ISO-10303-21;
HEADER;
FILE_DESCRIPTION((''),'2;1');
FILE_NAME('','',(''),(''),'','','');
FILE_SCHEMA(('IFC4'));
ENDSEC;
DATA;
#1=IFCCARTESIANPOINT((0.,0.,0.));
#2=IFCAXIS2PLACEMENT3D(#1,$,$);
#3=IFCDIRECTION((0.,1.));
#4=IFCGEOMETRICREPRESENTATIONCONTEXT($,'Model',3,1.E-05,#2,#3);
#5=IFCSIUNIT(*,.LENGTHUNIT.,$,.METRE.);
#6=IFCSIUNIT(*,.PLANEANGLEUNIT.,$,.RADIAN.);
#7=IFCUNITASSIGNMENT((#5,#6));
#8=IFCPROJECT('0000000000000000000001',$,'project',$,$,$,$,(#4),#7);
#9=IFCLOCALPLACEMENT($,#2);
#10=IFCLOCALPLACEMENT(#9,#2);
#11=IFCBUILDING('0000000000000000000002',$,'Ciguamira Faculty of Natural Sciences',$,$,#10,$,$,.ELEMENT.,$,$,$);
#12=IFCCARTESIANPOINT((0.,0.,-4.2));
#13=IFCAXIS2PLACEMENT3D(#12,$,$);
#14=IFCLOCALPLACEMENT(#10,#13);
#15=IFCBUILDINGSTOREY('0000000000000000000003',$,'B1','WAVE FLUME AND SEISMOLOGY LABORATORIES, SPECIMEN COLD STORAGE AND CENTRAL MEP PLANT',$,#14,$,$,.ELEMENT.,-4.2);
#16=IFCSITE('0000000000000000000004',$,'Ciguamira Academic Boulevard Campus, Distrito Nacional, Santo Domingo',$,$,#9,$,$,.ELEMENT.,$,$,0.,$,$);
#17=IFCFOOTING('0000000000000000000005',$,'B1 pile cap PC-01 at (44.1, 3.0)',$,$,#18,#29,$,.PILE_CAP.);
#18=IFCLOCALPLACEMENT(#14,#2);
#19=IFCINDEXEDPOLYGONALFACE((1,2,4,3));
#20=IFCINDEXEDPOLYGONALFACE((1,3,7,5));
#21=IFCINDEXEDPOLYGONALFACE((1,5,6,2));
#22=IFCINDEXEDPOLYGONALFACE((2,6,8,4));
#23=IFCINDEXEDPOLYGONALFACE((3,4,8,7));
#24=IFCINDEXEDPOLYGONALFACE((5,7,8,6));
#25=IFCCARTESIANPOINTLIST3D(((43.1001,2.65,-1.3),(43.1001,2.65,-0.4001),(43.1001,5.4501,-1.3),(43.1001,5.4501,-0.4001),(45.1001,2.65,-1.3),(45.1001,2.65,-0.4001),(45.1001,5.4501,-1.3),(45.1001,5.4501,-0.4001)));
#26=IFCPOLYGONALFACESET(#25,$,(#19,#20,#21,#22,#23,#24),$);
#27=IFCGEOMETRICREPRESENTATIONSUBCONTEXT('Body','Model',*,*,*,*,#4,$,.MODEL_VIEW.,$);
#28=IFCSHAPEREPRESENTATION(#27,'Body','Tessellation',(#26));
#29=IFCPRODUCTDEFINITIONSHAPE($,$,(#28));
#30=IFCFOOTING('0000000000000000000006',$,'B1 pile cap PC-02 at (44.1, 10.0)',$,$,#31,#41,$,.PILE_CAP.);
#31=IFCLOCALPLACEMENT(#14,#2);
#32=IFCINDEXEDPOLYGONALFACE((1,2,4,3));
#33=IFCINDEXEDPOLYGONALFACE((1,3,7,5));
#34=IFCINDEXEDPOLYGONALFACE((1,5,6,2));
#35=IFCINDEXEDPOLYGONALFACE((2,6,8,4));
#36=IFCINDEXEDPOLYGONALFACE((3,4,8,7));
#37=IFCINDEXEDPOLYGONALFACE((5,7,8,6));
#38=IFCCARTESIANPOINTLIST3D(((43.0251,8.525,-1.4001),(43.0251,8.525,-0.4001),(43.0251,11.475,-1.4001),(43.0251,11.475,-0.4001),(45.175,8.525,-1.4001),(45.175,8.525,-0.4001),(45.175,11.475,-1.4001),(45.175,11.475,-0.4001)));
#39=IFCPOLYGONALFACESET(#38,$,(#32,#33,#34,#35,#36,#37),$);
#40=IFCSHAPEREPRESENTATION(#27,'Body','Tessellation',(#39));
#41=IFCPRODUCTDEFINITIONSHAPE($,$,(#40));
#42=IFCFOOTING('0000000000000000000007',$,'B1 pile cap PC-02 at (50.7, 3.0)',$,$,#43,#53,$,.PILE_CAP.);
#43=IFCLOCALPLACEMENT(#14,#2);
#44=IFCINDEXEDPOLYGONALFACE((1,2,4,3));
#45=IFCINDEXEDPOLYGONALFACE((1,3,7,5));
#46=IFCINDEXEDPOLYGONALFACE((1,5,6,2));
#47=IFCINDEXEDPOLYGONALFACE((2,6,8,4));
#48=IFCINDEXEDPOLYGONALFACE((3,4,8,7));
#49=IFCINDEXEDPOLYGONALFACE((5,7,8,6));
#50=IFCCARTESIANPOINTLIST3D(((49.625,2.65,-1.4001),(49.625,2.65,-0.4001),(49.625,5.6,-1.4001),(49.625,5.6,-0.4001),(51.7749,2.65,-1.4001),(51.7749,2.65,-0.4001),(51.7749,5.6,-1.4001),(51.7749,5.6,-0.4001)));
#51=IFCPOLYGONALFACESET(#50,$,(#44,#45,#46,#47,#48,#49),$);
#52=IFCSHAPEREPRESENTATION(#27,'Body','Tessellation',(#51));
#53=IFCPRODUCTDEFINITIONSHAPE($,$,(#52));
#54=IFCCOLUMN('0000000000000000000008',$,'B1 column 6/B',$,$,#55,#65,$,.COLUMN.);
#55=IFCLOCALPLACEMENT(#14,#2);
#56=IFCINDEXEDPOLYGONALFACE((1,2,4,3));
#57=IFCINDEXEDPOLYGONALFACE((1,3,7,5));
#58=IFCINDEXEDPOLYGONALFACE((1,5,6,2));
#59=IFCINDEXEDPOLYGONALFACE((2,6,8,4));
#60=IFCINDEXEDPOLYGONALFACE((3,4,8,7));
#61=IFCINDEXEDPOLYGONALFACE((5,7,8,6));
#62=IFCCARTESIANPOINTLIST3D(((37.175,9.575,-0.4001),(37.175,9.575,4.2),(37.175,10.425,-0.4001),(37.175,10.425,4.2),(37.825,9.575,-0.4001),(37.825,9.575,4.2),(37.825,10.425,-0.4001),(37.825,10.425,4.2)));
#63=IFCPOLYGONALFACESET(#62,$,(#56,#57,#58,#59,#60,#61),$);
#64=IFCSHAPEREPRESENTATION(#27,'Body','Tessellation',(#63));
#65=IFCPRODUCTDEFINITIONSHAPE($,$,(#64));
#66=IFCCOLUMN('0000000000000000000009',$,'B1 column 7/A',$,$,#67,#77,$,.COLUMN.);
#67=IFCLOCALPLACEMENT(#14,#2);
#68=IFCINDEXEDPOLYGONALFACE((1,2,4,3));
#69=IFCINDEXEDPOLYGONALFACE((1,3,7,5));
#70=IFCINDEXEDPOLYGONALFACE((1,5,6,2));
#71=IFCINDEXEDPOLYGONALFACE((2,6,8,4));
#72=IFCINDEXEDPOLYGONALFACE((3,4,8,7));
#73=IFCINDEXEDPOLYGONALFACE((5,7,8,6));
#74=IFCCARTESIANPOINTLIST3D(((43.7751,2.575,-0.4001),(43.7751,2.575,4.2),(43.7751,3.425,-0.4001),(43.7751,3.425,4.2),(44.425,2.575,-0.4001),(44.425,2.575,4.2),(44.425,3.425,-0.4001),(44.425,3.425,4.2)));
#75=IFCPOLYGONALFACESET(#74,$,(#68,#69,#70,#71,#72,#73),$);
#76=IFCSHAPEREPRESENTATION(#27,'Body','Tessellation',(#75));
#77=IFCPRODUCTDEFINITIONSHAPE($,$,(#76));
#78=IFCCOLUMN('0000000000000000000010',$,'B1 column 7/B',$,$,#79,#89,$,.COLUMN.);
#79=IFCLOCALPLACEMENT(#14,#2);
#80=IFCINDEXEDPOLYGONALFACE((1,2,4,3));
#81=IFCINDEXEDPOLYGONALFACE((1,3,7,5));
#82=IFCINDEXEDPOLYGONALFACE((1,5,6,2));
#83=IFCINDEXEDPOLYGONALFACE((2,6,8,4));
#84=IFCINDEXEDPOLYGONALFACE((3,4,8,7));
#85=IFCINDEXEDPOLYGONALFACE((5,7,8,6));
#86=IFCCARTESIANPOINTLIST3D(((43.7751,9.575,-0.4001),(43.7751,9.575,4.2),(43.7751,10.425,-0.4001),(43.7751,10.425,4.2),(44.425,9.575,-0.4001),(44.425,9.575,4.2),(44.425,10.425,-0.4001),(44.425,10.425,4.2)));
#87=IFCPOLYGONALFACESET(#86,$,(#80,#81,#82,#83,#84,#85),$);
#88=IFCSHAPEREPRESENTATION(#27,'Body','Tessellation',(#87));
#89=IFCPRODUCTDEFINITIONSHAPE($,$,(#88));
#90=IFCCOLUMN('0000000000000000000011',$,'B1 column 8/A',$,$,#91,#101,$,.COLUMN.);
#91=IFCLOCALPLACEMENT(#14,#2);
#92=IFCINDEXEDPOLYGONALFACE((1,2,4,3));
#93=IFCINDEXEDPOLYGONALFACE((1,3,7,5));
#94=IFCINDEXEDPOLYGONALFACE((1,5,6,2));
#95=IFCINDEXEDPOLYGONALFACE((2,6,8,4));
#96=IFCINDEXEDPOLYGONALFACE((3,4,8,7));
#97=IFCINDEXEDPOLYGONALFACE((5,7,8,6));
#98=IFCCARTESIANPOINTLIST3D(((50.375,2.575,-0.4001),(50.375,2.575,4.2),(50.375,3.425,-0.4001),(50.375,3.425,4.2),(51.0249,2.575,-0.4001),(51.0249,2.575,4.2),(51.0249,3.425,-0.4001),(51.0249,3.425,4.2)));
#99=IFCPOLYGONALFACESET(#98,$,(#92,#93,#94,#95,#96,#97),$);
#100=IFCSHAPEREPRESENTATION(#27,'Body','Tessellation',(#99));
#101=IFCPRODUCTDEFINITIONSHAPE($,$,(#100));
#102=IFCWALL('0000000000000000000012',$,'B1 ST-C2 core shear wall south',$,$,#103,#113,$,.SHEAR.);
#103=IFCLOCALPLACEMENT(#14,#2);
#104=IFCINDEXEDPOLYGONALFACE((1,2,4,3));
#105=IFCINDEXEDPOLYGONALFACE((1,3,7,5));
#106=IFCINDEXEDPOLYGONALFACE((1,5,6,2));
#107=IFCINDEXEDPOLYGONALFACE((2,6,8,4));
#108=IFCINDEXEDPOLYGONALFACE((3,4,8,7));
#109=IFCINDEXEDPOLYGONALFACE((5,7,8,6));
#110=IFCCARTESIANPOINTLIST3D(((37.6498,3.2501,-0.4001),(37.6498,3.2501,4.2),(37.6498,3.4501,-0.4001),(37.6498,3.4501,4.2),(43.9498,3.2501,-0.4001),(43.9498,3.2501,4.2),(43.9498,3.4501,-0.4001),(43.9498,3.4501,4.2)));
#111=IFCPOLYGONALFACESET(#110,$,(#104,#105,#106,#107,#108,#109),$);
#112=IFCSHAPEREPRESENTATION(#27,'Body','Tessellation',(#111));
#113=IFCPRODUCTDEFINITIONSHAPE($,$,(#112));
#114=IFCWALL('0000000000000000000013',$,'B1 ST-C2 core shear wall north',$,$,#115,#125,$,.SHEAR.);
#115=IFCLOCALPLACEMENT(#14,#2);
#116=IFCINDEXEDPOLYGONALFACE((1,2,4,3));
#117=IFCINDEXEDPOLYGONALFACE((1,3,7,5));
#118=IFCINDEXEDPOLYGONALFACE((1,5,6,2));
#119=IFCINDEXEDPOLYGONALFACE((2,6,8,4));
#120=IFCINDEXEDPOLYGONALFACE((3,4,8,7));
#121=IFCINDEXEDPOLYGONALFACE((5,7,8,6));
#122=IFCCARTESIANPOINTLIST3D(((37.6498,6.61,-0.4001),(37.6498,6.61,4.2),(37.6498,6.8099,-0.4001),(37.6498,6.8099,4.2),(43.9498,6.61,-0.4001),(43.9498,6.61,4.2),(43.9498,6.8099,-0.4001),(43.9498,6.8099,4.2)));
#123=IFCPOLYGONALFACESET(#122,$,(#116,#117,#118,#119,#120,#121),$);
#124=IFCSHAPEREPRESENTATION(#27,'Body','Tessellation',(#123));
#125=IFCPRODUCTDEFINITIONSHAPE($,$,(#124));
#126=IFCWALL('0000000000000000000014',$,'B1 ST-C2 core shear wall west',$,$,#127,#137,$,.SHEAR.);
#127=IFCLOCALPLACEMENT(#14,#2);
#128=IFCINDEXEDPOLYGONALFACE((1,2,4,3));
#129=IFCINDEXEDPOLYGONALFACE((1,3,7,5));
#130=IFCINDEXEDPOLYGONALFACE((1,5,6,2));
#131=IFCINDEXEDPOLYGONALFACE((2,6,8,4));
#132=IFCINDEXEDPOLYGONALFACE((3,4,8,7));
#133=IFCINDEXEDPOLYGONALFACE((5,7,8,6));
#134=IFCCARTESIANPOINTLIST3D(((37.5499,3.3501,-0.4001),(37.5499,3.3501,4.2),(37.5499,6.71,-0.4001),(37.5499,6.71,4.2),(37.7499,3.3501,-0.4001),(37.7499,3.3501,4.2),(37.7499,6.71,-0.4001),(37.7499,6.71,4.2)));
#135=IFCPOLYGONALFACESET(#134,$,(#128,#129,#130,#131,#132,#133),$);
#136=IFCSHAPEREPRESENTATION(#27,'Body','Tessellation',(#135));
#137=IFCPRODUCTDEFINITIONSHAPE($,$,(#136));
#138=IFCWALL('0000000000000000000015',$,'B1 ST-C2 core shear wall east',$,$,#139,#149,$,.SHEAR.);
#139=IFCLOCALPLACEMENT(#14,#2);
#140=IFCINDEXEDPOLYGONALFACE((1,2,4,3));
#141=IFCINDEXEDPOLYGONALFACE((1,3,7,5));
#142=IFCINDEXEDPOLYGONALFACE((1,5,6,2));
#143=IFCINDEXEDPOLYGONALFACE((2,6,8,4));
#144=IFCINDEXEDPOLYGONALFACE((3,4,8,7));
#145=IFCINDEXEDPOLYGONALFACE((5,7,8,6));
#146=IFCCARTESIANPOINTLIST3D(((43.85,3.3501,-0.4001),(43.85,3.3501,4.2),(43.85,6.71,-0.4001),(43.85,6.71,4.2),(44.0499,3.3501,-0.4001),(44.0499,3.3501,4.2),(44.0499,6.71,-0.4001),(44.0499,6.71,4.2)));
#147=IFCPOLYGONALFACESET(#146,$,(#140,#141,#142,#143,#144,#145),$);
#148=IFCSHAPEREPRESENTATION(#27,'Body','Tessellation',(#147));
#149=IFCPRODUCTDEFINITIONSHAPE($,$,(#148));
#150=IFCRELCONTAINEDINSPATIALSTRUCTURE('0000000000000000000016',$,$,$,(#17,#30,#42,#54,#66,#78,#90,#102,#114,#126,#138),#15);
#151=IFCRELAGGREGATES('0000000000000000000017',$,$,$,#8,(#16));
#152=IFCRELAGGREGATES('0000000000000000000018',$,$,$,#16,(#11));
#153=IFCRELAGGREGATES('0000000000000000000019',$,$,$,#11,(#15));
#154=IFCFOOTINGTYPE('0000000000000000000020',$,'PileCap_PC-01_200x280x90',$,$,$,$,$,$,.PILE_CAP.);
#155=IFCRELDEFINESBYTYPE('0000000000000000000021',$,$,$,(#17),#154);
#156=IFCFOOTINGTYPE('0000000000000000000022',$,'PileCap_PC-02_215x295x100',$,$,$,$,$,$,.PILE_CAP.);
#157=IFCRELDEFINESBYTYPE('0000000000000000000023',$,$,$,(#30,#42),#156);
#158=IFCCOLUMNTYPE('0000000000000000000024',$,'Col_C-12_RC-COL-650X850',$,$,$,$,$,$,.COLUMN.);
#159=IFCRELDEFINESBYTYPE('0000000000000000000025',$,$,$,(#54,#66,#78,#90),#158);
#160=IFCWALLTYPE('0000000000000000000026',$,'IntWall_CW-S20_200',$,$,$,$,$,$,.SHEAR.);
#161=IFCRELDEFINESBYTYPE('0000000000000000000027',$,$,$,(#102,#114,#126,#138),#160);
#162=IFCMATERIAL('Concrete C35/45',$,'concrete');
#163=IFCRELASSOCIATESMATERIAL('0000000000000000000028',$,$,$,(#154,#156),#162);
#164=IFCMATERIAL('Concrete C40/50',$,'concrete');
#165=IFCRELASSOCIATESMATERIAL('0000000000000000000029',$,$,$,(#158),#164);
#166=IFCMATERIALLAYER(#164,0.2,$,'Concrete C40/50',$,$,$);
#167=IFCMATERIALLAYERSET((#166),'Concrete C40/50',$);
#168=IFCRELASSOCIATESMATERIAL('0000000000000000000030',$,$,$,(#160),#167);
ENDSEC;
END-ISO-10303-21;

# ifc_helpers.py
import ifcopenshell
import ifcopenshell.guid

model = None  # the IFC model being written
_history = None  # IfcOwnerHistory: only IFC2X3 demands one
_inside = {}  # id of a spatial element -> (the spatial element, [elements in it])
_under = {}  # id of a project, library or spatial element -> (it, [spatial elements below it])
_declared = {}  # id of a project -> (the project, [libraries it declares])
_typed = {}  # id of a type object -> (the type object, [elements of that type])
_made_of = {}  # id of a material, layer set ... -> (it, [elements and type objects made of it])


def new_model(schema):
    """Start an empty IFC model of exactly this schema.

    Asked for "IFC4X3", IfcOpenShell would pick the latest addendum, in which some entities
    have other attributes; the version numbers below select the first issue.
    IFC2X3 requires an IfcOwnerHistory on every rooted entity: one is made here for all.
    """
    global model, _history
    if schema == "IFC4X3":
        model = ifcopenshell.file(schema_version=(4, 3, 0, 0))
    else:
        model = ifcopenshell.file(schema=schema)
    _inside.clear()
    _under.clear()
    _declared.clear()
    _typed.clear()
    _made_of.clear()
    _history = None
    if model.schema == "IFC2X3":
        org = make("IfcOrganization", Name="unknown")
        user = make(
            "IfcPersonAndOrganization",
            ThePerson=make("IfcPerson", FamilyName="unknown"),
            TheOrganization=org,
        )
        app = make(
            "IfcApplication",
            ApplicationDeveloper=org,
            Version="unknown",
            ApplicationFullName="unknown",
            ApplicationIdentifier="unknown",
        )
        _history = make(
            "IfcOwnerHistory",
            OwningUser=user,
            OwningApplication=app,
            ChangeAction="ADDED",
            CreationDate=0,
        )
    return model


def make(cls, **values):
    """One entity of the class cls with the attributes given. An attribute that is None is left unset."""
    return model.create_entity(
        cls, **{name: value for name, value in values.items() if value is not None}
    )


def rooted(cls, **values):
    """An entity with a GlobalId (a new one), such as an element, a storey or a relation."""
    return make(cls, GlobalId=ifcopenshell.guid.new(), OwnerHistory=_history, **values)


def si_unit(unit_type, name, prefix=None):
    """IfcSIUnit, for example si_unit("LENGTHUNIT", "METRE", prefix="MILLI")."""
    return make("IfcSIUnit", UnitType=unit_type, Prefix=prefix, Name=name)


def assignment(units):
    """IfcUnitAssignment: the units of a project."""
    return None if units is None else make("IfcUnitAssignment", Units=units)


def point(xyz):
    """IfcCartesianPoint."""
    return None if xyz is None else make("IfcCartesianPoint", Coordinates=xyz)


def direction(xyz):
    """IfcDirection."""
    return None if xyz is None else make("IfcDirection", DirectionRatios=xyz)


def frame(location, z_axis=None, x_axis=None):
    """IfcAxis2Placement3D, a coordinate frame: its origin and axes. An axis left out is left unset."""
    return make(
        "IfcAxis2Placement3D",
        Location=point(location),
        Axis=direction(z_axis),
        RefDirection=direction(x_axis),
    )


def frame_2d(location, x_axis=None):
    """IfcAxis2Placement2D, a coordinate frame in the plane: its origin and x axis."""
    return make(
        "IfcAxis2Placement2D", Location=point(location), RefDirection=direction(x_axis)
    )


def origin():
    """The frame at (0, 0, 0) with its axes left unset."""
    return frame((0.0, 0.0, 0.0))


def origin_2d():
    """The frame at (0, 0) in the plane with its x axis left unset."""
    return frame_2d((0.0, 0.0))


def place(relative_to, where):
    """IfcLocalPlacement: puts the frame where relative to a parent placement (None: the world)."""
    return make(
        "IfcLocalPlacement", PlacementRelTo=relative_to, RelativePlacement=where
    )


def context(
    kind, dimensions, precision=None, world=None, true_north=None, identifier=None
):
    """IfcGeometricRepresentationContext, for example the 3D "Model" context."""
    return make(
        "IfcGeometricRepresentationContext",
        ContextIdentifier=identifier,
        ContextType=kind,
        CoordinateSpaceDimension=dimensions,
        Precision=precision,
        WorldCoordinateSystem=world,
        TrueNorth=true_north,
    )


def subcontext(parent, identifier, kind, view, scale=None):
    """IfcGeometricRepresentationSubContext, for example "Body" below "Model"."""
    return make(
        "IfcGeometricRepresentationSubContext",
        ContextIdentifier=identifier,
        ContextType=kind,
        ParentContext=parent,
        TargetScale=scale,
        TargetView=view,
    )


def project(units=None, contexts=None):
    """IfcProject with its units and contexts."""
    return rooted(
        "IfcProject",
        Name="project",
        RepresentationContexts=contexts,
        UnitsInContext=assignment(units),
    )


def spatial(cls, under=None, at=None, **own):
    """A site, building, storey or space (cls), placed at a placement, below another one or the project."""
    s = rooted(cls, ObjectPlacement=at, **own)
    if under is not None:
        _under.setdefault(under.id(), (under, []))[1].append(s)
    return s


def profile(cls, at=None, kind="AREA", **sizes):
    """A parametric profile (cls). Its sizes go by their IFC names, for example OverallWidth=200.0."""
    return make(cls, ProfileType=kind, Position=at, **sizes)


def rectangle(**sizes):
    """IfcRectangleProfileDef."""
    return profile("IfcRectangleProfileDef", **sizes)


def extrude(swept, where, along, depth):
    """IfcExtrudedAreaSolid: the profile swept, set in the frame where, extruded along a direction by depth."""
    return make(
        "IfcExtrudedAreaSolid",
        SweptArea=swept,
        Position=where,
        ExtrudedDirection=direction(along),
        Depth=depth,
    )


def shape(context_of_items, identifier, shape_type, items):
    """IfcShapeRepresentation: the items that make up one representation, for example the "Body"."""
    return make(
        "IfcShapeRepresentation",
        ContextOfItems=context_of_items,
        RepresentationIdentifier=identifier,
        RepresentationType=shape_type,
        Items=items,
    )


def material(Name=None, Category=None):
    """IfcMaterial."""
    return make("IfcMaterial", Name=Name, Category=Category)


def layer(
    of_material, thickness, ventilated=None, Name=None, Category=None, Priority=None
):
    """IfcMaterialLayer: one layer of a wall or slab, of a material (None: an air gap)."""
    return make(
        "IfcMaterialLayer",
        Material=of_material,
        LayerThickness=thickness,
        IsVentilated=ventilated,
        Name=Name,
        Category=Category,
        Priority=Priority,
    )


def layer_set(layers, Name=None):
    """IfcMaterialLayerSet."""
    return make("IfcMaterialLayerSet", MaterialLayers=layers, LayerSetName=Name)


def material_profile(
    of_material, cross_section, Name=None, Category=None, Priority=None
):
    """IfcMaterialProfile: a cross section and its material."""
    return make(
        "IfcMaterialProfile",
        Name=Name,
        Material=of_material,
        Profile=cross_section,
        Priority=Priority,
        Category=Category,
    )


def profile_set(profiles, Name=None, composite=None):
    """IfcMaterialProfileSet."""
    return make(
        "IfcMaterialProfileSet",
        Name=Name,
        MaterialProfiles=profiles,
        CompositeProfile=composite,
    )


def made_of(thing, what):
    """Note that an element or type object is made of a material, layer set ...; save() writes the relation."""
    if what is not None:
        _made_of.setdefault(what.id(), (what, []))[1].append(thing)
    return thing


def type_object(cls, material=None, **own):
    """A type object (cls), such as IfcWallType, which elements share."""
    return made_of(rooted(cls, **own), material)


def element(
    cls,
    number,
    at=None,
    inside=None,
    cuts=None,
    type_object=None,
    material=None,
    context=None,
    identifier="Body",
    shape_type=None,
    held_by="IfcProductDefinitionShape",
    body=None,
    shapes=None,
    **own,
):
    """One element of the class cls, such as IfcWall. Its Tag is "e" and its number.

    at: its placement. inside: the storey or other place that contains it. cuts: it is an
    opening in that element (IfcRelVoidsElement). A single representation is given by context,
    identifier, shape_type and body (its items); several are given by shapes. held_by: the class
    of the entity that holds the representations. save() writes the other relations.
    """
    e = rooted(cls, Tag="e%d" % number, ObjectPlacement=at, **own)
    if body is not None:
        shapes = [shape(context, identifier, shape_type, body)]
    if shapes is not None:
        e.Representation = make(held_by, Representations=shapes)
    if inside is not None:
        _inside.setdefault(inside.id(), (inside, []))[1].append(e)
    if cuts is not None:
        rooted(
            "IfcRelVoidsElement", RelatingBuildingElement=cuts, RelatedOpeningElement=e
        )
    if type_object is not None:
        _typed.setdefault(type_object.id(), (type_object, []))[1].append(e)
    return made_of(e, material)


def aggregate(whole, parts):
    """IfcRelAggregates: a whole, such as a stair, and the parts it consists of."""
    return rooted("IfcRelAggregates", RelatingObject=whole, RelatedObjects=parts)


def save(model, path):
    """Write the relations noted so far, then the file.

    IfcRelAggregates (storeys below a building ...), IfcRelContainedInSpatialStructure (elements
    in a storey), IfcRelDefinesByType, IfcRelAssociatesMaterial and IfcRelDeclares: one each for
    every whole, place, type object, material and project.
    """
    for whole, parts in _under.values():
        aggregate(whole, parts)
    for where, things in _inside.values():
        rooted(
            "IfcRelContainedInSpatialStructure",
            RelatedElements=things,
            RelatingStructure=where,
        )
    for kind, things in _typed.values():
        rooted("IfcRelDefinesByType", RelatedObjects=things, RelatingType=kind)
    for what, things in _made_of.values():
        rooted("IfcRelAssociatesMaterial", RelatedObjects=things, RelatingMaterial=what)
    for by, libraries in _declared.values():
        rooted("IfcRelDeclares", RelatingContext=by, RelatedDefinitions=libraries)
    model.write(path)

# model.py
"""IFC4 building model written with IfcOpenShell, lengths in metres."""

from ifc_helpers import new_model, si_unit, direction, frame, frame_2d, origin, origin_2d, place, context, subcontext, project, spatial, rectangle, extrude, material, layer, layer_set, material_profile, profile_set, type_object, element, save


model = new_model("IFC4")

# Units and contexts
model_context = context("Model", 3, precision=1e-05, world=origin(), true_north=direction((0.0, 1.0)))
body_context = subcontext(model_context, "Body", "Model", "MODEL_VIEW")
ifc_project = project(units=[si_unit("LENGTHUNIT", "METRE"), si_unit("PLANEANGLEUNIT", "RADIAN")], contexts=[model_context])

# Site, building, storey
site_placement = place(None, origin())
site = spatial("IfcSite", under=ifc_project, at=site_placement, Name="Ciguamira Academic Boulevard Campus, Distrito Nacional, Santo Domingo", CompositionType="ELEMENT", RefElevation=0.0)
building_placement = place(site_placement, origin())
building = spatial("IfcBuilding", under=site, at=building_placement, Name="Ciguamira Faculty of Natural Sciences", CompositionType="ELEMENT")
storey_placement = place(building_placement, frame((0.0, 0.0, -4.2)))
storey = spatial("IfcBuildingStorey", under=building, at=storey_placement, Name="B1", Description="WAVE FLUME AND SEISMOLOGY LABORATORIES, SPECIMEN COLD STORAGE AND CENTRAL MEP PLANT", CompositionType="ELEMENT", Elevation=-4.2)

# Shared definitions
ifc_material_1 = material(Name="Concrete C35/45", Category="concrete")

# Footings
footing_type_1 = type_object("IfcFootingType", Name="PileCap_PC-01_200x280x90", PredefinedType="PILE_CAP", material=ifc_material_1)
for number, where, z_axis, x_axis, name in (
    (1, (44.1001, 4.05, -1.3), (0.0, 0.0, 1.0), (1.0, 0.0, 0.0), "B1 pile cap PC-01 at (44.1, 3.0)"),
):
    element("IfcFooting", number, at=place(storey_placement, frame(where, z_axis=z_axis, x_axis=x_axis)), inside=storey, type_object=footing_type_1, Name=name, PredefinedType="PILE_CAP", context=body_context, shape_type="SweptSolid", body=[
        extrude(rectangle(XDim=2.0, YDim=2.8, at=origin_2d()), origin(), (0.0, 0.0, 1.0), 0.8999),
    ])
footing_type_2 = type_object("IfcFootingType", Name="PileCap_PC-02_215x295x100", PredefinedType="PILE_CAP", material=ifc_material_1)
for number, where, z_axis, x_axis, name in (
    (2, (44.1001, 10.0, -1.4001), (0.0, 0.0, 1.0), (1.0, 0.0, 0.0), "B1 pile cap PC-02 at (44.1, 10.0)"),
    (3, (50.7, 4.125, -1.4001), (0.0, 0.0, 1.0), (1.0, 0.0, 0.0), "B1 pile cap PC-02 at (50.7, 3.0)"),
):
    element("IfcFooting", number, at=place(storey_placement, frame(where, z_axis=z_axis, x_axis=x_axis)), inside=storey, type_object=footing_type_2, Name=name, PredefinedType="PILE_CAP", context=body_context, shape_type="SweptSolid", body=[
        extrude(rectangle(XDim=2.1499, YDim=2.95, at=origin_2d()), origin(), (0.0, 0.0, 1.0), 1.0),
    ])

# Columns
ifc_material_2 = material(Name="Concrete C40/50", Category="concrete")
ifc_material_profile_1 = material_profile(ifc_material_2, rectangle(XDim=0.6499, YDim=0.8501, at=origin_2d()), Name="RC-COL-650X850")
ifc_profile_set_1 = profile_set([ifc_material_profile_1], Name="Concrete C40/50")
column_type = type_object("IfcColumnType", Name="Col_C-12_RC-COL-650X850", PredefinedType="COLUMN", material=ifc_profile_set_1)
for number, where, z_axis, x_axis, name in (
    (4, (37.5, 10.0, -0.4001), (0.0, 0.0, 1.0), (1.0, 0.0, 0.0), "B1 column 6/B"),
    (5, (44.1001, 3.0, -0.4001), (0.0, 0.0, 1.0), (1.0, 0.0, 0.0), "B1 column 7/A"),
    (6, (44.1001, 10.0, -0.4001), (0.0, 0.0, 1.0), (1.0, 0.0, 0.0), "B1 column 7/B"),
    (7, (50.7, 3.0, -0.4001), (0.0, 0.0, 1.0), (1.0, 0.0, 0.0), "B1 column 8/A"),
):
    element("IfcColumn", number, at=place(storey_placement, frame(where, z_axis=z_axis, x_axis=x_axis)), inside=storey, type_object=column_type, Name=name, PredefinedType="COLUMN", context=body_context, shape_type="SweptSolid", body=[
        extrude(rectangle(XDim=0.6499, YDim=0.8501, at=origin_2d()), origin(), (0.0, 0.0, 1.0), 4.6001),
    ])

# Walls
ifc_layer = layer(ifc_material_2, 0.2, Name="Concrete C40/50")
ifc_layer_set = layer_set([ifc_layer], Name="Concrete C40/50")
wall_type = type_object("IfcWallType", Name="IntWall_CW-S20_200", PredefinedType="SHEAR", material=ifc_layer_set)
for number, where, z_axis, x_axis, name in (
    (8, (37.6499, 3.3501, -0.4001), (0.0, 0.0, 1.0), (1.0, 0.0, 0.0), "B1 ST-C2 core shear wall south"),
    (9, (37.6499, 6.71, -0.4001), (0.0, 0.0, 1.0), (1.0, 0.0, 0.0), "B1 ST-C2 core shear wall north"),
):
    element("IfcWall", number, at=place(storey_placement, frame(where, z_axis=z_axis, x_axis=x_axis)), inside=storey, type_object=wall_type, Name=name, PredefinedType="SHEAR", context=body_context, shape_type="SweptSolid", body=[
        extrude(rectangle(XDim=6.3, YDim=0.2, at=frame_2d((3.1499, 0.0))), origin(), (0.0, 0.0, 1.0), 4.6001),
    ])
for number, where, z_axis, x_axis, name in (
    (10, (37.6499, 3.3501, -0.4001), (0.0, 0.0, 1.0), (0.0, 1.0, 0.0), "B1 ST-C2 core shear wall west"),
    (11, (43.95, 3.3501, -0.4001), (0.0, 0.0, 1.0), (0.0, 1.0, 0.0), "B1 ST-C2 core shear wall east"),
):
    element("IfcWall", number, at=place(storey_placement, frame(where, z_axis=z_axis, x_axis=x_axis)), inside=storey, type_object=wall_type, Name=name, PredefinedType="SHEAR", context=body_context, shape_type="SweptSolid", body=[
        extrude(rectangle(XDim=3.3599, YDim=0.2, at=frame_2d((1.6799, 0.0))), origin(), (0.0, 0.0, 1.0), 4.6001),
    ])

save(model, "model.ifc")
